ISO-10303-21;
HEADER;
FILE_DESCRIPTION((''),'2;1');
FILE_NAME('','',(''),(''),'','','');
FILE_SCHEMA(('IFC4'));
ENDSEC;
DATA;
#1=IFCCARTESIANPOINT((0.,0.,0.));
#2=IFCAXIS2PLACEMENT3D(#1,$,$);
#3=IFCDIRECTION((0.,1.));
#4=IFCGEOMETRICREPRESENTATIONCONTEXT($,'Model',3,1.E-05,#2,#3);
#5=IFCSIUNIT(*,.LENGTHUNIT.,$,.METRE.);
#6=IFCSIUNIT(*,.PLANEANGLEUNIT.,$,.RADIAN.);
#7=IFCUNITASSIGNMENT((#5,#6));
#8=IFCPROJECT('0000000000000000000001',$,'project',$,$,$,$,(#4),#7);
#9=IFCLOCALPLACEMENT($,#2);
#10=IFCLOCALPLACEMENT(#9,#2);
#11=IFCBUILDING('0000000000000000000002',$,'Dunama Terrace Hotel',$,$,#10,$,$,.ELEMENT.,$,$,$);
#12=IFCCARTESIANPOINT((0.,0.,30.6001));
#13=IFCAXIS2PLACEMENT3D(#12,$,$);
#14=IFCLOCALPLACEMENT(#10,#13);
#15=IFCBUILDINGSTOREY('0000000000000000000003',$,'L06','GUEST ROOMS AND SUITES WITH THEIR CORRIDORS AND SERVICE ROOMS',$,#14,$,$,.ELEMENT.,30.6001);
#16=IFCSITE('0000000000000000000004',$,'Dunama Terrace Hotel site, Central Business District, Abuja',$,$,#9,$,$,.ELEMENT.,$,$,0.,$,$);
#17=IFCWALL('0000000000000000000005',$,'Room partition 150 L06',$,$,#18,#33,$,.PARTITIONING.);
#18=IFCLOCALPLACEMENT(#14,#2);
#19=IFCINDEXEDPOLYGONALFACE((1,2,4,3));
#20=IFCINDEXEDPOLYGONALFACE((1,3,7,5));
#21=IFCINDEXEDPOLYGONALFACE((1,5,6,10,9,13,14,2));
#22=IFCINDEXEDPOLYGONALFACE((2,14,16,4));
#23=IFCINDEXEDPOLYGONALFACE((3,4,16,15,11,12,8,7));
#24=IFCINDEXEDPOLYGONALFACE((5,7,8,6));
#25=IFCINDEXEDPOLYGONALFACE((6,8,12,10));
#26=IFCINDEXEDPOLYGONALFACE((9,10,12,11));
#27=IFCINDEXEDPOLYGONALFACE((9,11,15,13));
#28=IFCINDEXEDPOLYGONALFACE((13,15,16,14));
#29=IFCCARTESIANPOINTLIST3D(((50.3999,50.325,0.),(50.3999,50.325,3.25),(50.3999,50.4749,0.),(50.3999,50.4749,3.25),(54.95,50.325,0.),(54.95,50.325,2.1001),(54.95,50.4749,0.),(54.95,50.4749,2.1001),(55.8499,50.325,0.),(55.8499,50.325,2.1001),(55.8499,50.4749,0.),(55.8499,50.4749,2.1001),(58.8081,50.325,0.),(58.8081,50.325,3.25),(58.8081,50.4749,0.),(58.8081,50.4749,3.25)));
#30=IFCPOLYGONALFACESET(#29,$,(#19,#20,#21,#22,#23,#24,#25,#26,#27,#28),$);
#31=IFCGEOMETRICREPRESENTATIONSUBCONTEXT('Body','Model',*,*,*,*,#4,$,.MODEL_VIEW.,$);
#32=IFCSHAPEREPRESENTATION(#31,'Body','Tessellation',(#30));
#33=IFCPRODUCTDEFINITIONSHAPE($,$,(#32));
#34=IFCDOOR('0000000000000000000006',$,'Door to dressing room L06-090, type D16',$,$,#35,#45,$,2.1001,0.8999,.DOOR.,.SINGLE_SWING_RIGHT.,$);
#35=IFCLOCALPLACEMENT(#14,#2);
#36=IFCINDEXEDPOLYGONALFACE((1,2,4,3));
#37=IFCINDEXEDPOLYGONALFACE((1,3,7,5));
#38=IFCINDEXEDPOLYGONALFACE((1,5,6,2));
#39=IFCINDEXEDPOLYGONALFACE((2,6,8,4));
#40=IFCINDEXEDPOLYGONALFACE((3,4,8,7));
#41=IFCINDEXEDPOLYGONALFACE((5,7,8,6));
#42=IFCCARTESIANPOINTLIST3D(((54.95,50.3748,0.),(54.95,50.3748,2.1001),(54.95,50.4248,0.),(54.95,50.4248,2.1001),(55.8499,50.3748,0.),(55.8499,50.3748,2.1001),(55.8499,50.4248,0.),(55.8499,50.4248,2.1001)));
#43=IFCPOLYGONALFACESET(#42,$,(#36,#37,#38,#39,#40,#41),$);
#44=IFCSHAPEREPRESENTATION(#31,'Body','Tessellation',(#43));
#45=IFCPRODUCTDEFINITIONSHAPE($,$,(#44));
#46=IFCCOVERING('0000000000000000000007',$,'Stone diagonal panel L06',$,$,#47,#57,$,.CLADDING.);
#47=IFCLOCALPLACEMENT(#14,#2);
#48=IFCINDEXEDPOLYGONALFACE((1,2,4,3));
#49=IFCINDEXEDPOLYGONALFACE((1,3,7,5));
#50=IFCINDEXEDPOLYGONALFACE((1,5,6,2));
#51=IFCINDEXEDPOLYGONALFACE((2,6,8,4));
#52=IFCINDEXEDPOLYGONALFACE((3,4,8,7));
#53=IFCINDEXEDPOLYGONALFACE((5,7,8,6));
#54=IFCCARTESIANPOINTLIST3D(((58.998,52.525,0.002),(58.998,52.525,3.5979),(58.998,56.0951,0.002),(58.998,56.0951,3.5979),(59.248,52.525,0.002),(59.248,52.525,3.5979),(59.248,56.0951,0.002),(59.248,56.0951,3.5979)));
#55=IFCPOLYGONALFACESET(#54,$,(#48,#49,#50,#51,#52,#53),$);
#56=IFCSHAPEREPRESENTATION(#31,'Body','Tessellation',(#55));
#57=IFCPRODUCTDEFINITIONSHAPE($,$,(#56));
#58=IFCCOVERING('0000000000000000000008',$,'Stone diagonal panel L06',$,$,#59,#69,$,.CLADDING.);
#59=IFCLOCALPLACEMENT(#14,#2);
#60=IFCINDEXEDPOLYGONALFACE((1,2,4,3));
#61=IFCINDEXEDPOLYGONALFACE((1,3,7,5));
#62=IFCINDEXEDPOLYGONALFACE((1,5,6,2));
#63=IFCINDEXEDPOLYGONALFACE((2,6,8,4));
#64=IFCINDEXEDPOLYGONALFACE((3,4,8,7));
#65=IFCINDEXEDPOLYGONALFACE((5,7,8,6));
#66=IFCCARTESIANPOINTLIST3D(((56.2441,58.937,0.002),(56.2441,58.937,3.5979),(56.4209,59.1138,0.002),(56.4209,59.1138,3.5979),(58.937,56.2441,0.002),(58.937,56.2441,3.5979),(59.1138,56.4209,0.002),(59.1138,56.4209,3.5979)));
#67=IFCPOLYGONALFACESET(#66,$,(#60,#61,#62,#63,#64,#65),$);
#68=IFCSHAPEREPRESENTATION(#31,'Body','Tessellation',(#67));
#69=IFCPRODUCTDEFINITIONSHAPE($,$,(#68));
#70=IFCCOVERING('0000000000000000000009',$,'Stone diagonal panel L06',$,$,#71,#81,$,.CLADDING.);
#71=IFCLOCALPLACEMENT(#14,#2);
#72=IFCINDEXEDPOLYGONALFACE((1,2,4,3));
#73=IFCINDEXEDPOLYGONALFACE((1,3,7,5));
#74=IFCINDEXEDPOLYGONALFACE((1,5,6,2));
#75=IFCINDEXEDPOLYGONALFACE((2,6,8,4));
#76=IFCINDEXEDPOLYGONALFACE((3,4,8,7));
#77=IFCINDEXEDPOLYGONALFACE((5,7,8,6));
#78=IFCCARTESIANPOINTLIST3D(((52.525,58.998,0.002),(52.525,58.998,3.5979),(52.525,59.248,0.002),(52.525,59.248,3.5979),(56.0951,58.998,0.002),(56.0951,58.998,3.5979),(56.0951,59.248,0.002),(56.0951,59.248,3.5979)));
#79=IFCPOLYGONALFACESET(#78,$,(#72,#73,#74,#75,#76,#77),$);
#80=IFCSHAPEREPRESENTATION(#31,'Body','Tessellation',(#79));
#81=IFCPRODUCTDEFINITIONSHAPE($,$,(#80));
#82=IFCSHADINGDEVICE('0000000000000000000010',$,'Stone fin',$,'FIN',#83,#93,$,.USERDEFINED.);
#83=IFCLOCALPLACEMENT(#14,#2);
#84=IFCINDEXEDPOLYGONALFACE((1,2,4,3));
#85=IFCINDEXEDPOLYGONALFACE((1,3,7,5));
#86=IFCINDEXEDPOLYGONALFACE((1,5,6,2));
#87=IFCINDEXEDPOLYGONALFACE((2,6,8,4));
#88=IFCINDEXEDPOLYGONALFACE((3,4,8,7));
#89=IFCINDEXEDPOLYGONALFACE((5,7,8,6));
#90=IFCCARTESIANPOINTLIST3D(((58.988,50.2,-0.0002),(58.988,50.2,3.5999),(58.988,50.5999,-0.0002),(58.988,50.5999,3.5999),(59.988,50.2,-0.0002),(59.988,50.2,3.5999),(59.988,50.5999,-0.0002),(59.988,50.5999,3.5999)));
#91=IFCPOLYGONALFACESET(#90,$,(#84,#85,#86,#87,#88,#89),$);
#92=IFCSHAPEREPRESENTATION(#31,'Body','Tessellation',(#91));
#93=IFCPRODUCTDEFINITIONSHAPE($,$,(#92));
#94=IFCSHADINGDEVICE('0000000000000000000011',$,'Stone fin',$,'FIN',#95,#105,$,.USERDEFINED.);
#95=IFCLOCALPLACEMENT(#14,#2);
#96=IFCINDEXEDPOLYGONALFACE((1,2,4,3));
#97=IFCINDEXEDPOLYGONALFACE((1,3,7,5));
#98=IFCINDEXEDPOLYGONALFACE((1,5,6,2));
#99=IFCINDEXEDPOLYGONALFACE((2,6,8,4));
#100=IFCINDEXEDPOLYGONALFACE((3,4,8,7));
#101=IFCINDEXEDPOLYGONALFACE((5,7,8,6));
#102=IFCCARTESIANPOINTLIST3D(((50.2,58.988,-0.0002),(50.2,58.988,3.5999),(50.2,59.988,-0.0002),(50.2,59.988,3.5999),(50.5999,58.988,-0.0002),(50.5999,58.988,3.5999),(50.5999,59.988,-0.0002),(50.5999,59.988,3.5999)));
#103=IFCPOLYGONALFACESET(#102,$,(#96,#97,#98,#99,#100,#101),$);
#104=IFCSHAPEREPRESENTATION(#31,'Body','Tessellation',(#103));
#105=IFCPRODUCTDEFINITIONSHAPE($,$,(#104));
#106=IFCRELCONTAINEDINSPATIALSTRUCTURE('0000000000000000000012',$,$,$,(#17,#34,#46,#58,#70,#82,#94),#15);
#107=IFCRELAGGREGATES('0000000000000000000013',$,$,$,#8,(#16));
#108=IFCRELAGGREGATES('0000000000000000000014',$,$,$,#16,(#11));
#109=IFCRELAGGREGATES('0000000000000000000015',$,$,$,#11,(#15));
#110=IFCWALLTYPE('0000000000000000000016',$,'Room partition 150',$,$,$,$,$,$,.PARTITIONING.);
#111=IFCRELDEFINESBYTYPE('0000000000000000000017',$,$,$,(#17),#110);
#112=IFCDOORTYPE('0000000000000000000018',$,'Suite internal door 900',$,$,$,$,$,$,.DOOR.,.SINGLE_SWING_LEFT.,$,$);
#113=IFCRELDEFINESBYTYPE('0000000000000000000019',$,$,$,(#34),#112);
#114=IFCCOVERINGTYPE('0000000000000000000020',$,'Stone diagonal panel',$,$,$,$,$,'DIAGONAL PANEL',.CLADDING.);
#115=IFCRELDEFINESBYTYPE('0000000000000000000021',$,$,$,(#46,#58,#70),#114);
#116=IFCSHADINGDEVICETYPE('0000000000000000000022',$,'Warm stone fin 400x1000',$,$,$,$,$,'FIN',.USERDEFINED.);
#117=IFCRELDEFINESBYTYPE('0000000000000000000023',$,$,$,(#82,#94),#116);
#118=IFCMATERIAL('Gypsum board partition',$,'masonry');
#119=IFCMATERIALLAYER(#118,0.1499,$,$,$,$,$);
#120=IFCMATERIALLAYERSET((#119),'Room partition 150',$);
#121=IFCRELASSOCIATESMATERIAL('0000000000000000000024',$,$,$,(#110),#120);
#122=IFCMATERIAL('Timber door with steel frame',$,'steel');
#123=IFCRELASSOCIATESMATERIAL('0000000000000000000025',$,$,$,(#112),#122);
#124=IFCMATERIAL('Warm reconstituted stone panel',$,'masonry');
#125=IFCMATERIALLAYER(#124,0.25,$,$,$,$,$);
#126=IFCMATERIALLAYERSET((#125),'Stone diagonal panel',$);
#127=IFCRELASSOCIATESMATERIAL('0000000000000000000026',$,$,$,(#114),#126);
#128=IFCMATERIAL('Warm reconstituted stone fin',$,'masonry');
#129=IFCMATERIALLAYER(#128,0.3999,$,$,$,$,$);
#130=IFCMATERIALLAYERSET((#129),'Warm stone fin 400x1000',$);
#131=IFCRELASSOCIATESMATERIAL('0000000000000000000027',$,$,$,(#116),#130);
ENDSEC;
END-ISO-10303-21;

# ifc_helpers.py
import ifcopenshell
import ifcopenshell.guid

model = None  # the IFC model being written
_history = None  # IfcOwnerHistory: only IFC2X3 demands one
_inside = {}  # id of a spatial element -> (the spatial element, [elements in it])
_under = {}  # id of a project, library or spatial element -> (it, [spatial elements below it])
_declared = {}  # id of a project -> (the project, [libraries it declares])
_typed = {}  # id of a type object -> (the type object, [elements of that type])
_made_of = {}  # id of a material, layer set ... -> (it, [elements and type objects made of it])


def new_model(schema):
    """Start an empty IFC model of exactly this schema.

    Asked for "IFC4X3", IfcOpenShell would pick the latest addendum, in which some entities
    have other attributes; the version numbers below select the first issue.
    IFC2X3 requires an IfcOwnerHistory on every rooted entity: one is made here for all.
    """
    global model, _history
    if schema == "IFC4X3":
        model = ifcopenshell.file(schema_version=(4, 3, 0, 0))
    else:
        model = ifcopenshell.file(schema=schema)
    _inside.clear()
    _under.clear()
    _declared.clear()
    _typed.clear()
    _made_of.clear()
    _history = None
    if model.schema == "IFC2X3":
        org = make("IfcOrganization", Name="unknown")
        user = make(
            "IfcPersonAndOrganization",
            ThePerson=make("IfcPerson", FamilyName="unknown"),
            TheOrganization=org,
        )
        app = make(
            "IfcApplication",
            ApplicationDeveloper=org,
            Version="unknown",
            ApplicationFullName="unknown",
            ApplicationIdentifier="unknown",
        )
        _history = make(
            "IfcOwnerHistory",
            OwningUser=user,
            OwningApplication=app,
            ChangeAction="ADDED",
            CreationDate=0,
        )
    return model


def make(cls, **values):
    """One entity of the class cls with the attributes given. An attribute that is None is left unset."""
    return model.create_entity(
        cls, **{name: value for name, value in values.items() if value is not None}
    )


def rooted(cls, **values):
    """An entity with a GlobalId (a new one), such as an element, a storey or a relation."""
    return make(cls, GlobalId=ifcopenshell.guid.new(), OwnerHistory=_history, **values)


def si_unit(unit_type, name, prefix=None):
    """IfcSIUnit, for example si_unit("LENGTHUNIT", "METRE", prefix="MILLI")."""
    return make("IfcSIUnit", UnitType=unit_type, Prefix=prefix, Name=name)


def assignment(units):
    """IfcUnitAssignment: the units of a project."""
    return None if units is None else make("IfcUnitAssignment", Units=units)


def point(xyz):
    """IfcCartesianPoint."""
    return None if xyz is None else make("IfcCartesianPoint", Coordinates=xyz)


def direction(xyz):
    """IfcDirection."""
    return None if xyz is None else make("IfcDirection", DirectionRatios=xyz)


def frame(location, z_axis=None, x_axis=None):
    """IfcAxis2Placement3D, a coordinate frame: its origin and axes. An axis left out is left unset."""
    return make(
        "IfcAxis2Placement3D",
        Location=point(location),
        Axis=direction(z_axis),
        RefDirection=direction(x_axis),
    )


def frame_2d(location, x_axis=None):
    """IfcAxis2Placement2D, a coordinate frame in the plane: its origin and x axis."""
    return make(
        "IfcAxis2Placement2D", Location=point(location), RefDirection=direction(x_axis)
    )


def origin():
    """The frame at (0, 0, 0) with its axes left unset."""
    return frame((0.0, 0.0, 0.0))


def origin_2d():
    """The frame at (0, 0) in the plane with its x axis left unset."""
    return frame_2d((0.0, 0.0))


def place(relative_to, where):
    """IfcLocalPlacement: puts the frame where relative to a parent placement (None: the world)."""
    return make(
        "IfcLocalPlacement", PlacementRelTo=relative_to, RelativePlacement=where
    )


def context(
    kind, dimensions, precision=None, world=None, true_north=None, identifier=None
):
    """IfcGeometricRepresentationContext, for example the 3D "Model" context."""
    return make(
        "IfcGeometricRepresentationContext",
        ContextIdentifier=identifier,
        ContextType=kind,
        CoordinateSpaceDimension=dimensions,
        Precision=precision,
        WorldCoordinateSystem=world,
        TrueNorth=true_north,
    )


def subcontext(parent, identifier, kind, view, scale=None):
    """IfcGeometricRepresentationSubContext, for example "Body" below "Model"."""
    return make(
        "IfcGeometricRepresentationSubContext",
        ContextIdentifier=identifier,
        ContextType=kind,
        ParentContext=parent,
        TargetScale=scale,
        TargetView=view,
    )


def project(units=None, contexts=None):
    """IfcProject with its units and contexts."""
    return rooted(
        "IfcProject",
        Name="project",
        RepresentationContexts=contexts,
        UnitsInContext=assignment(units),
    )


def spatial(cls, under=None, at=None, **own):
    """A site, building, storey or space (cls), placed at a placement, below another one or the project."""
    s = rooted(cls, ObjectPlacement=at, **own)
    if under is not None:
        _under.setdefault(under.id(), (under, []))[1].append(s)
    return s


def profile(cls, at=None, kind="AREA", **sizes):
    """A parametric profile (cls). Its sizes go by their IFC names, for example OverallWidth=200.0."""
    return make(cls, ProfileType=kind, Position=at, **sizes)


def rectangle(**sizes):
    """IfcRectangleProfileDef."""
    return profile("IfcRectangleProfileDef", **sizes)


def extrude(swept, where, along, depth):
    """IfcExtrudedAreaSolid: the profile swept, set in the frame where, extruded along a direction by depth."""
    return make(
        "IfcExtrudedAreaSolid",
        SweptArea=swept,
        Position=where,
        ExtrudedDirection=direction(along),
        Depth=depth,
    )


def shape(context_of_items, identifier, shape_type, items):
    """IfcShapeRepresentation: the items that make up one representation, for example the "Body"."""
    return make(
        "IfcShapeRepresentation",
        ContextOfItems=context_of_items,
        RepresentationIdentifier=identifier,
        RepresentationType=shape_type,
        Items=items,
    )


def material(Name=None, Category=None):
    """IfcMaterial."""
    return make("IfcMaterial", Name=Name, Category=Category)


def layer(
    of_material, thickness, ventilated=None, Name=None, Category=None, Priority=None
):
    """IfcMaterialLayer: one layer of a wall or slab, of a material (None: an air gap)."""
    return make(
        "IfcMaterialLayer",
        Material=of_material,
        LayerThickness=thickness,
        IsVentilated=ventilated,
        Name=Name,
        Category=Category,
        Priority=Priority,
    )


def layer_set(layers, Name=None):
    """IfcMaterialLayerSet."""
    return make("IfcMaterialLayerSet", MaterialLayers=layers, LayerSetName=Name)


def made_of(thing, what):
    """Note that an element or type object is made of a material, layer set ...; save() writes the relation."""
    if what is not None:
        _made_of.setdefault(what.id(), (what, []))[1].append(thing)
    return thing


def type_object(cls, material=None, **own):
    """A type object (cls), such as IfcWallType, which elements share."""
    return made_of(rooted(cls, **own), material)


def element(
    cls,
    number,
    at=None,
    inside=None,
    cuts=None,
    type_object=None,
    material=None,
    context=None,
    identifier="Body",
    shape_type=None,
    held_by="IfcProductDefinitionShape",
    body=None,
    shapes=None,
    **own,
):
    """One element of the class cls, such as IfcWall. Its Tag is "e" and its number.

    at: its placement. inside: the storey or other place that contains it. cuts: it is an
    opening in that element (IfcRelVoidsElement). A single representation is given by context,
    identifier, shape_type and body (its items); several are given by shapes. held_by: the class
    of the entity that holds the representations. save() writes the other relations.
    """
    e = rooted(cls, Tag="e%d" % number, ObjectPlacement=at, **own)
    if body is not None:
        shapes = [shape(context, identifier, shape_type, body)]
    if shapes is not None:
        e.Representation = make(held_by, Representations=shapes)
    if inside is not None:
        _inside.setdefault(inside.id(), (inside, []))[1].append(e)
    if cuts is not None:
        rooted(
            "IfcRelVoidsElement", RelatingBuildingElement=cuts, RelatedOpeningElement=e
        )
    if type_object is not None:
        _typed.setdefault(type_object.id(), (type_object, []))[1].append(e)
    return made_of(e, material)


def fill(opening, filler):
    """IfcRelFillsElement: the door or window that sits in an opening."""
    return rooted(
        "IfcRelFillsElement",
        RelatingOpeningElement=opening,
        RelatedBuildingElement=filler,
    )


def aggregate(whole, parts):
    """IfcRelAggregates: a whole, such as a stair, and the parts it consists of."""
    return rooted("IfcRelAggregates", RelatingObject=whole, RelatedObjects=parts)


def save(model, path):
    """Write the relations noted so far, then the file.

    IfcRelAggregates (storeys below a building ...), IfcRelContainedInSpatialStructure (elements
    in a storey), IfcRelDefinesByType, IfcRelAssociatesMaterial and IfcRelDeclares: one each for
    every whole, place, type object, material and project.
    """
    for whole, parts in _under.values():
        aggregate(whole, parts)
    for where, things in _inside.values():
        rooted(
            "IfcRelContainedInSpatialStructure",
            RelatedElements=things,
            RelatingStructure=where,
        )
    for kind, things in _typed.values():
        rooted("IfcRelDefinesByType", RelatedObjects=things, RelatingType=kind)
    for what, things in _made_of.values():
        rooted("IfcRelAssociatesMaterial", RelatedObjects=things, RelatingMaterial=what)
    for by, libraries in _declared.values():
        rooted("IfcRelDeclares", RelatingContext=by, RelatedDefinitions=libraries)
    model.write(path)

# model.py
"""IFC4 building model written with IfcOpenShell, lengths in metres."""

from ifc_helpers import new_model, si_unit, direction, frame, frame_2d, origin, origin_2d, place, context, subcontext, project, spatial, rectangle, extrude, material, layer, layer_set, type_object, element, fill, save


model = new_model("IFC4")

# Units and contexts
model_context = context("Model", 3, precision=1e-05, world=origin(), true_north=direction((0.0, 1.0)))
body_context = subcontext(model_context, "Body", "Model", "MODEL_VIEW")
ifc_project = project(units=[si_unit("LENGTHUNIT", "METRE"), si_unit("PLANEANGLEUNIT", "RADIAN")], contexts=[model_context])

# Site, building, storey
site_placement = place(None, origin())
site = spatial("IfcSite", under=ifc_project, at=site_placement, Name="Dunama Terrace Hotel site, Central Business District, Abuja", CompositionType="ELEMENT", RefElevation=0.0)
building_placement = place(site_placement, origin())
building = spatial("IfcBuilding", under=site, at=building_placement, Name="Dunama Terrace Hotel", CompositionType="ELEMENT")
storey_placement = place(building_placement, frame((0.0, 0.0, 30.6001)))
storey = spatial("IfcBuildingStorey", under=building, at=storey_placement, Name="L06", Description="GUEST ROOMS AND SUITES WITH THEIR CORRIDORS AND SERVICE ROOMS", CompositionType="ELEMENT", Elevation=30.6001)

# Shared definitions
ifc_material_1 = material(Name="Gypsum board partition", Category="masonry")
ifc_layer_1 = layer(ifc_material_1, 0.1499)
ifc_layer_set_1 = layer_set([ifc_layer_1], Name="Room partition 150")
wall_type_1 = type_object("IfcWallType", Name="Room partition 150", PredefinedType="PARTITIONING", material=ifc_layer_set_1)

# Wall, opening, door
wall_1_placement = place(storey_placement, frame((50.3999, 50.3999, 0.0), z_axis=(0.0, 0.0, 1.0), x_axis=(1.0, 0.0, 0.0)))
wall_1 = element("IfcWall", 1, at=wall_1_placement, inside=storey, type_object=wall_type_1, Name="Room partition 150 L06", PredefinedType="PARTITIONING", context=body_context, shape_type="SweptSolid", body=[
    extrude(rectangle(XDim=8.4082, YDim=0.1499, at=frame_2d((4.2041, 0.0))), origin(), (0.0, 0.0, 1.0), 3.25),
])
opening_1_placement = place(wall_1_placement, frame((4.55, 0.0, 0.0)))
opening_1 = element("IfcOpeningElement", 2, at=opening_1_placement, cuts=wall_1, PredefinedType="OPENING", context=body_context, shape_type="SweptSolid", body=[
    extrude(rectangle(XDim=0.8999, YDim=2.1001, at=frame_2d((0.45, 1.05))), frame((0.0, 0.085, 0.0), z_axis=(0.0, -1.0, 0.0), x_axis=(1.0, 0.0, 0.0)), (0.0, 0.0, 1.0), 0.1699),
])
ifc_material_2 = material(Name="Timber door with steel frame", Category="steel")
door_type_1 = type_object("IfcDoorType", Name="Suite internal door 900", OperationType="SINGLE_SWING_LEFT", PredefinedType="DOOR", material=ifc_material_2)
door_1_placement = place(opening_1_placement, frame((0.8999, 0.0, 0.0), z_axis=(0.0, 0.0, 1.0), x_axis=(-1.0, 0.0, 0.0)))
door_1 = element("IfcDoor", 3, at=door_1_placement, inside=storey, type_object=door_type_1, Name="Door to dressing room L06-090, type D16", OperationType="SINGLE_SWING_RIGHT", OverallHeight=2.1001, OverallWidth=0.8999, PredefinedType="DOOR", context=body_context, shape_type="SweptSolid", body=[
    extrude(rectangle(XDim=0.8999, YDim=2.1001, at=frame_2d((0.45, 1.05))), frame((0.0, 0.0251, 0.0), z_axis=(0.0, -1.0, 0.0), x_axis=(1.0, 0.0, 0.0)), (0.0, 0.0, 1.0), 0.05),
])
fill(opening_1, door_1)

# Coverings
ifc_material_3 = material(Name="Warm reconstituted stone panel", Category="masonry")
ifc_layer_2 = layer(ifc_material_3, 0.25)
ifc_layer_set_2 = layer_set([ifc_layer_2], Name="Stone diagonal panel")
covering_type = type_object("IfcCoveringType", Name="Stone diagonal panel", ElementType="DIAGONAL PANEL", PredefinedType="CLADDING", material=ifc_layer_set_2)
covering_1_placement = place(storey_placement, frame((59.123, 54.3101, 0.002), z_axis=(0.0, 0.0, 1.0), x_axis=(0.0, 1.0, 0.0)))
element("IfcCovering", 4, at=covering_1_placement, inside=storey, type_object=covering_type, Name="Stone diagonal panel L06", PredefinedType="CLADDING", context=body_context, shape_type="SweptSolid", body=[
    extrude(rectangle(XDim=3.5701, YDim=0.25, at=origin_2d()), origin(), (0.0, 0.0, 1.0), 3.5959),
])
covering_2_placement = place(storey_placement, frame((57.679, 57.679, 0.002), z_axis=(0.0, 0.0, 1.0), x_axis=(-0.707107, 0.707107, 0.0)))
element("IfcCovering", 5, at=covering_2_placement, inside=storey, type_object=covering_type, Name="Stone diagonal panel L06", PredefinedType="CLADDING", context=body_context, shape_type="SweptSolid", body=[
    extrude(rectangle(XDim=3.8083, YDim=0.25, at=origin_2d()), origin(), (0.0, 0.0, 1.0), 3.5959),
])
covering_3_placement = place(storey_placement, frame((54.3101, 59.123, 0.002), z_axis=(0.0, 0.0, 1.0), x_axis=(-1.0, 0.0, 0.0)))
element("IfcCovering", 6, at=covering_3_placement, inside=storey, type_object=covering_type, Name="Stone diagonal panel L06", PredefinedType="CLADDING", context=body_context, shape_type="SweptSolid", body=[
    extrude(rectangle(XDim=3.5701, YDim=0.25, at=origin_2d()), origin(), (0.0, 0.0, 1.0), 3.5959),
])

# Shading devices
ifc_material_4 = material(Name="Warm reconstituted stone fin", Category="masonry")
ifc_layer_3 = layer(ifc_material_4, 0.3999)
ifc_layer_set_3 = layer_set([ifc_layer_3], Name="Warm stone fin 400x1000")
shading_device_type = type_object("IfcShadingDeviceType", Name="Warm stone fin 400x1000", ElementType="FIN", PredefinedType="USERDEFINED", material=ifc_layer_set_3)
for number, where, z_axis, x_axis, name in (
    (7, (59.488, 50.3999, -0.0002), (0.0, 0.0, 1.0), (0.0, 1.0, 0.0), "Stone fin"),
    (8, (50.3999, 59.488, -0.0002), (0.0, 0.0, 1.0), (-1.0, 0.0, 0.0), "Stone fin"),
):
    element("IfcShadingDevice", number, at=place(storey_placement, frame(where, z_axis=z_axis, x_axis=x_axis)), inside=storey, type_object=shading_device_type, Name=name, ObjectType="FIN", PredefinedType="USERDEFINED", context=body_context, shape_type="SweptSolid", body=[
        extrude(rectangle(XDim=0.3999, YDim=1.0, at=origin_2d()), origin(), (0.0, 0.0, 1.0), 3.6001),
    ])

save(model, "model.ifc")
